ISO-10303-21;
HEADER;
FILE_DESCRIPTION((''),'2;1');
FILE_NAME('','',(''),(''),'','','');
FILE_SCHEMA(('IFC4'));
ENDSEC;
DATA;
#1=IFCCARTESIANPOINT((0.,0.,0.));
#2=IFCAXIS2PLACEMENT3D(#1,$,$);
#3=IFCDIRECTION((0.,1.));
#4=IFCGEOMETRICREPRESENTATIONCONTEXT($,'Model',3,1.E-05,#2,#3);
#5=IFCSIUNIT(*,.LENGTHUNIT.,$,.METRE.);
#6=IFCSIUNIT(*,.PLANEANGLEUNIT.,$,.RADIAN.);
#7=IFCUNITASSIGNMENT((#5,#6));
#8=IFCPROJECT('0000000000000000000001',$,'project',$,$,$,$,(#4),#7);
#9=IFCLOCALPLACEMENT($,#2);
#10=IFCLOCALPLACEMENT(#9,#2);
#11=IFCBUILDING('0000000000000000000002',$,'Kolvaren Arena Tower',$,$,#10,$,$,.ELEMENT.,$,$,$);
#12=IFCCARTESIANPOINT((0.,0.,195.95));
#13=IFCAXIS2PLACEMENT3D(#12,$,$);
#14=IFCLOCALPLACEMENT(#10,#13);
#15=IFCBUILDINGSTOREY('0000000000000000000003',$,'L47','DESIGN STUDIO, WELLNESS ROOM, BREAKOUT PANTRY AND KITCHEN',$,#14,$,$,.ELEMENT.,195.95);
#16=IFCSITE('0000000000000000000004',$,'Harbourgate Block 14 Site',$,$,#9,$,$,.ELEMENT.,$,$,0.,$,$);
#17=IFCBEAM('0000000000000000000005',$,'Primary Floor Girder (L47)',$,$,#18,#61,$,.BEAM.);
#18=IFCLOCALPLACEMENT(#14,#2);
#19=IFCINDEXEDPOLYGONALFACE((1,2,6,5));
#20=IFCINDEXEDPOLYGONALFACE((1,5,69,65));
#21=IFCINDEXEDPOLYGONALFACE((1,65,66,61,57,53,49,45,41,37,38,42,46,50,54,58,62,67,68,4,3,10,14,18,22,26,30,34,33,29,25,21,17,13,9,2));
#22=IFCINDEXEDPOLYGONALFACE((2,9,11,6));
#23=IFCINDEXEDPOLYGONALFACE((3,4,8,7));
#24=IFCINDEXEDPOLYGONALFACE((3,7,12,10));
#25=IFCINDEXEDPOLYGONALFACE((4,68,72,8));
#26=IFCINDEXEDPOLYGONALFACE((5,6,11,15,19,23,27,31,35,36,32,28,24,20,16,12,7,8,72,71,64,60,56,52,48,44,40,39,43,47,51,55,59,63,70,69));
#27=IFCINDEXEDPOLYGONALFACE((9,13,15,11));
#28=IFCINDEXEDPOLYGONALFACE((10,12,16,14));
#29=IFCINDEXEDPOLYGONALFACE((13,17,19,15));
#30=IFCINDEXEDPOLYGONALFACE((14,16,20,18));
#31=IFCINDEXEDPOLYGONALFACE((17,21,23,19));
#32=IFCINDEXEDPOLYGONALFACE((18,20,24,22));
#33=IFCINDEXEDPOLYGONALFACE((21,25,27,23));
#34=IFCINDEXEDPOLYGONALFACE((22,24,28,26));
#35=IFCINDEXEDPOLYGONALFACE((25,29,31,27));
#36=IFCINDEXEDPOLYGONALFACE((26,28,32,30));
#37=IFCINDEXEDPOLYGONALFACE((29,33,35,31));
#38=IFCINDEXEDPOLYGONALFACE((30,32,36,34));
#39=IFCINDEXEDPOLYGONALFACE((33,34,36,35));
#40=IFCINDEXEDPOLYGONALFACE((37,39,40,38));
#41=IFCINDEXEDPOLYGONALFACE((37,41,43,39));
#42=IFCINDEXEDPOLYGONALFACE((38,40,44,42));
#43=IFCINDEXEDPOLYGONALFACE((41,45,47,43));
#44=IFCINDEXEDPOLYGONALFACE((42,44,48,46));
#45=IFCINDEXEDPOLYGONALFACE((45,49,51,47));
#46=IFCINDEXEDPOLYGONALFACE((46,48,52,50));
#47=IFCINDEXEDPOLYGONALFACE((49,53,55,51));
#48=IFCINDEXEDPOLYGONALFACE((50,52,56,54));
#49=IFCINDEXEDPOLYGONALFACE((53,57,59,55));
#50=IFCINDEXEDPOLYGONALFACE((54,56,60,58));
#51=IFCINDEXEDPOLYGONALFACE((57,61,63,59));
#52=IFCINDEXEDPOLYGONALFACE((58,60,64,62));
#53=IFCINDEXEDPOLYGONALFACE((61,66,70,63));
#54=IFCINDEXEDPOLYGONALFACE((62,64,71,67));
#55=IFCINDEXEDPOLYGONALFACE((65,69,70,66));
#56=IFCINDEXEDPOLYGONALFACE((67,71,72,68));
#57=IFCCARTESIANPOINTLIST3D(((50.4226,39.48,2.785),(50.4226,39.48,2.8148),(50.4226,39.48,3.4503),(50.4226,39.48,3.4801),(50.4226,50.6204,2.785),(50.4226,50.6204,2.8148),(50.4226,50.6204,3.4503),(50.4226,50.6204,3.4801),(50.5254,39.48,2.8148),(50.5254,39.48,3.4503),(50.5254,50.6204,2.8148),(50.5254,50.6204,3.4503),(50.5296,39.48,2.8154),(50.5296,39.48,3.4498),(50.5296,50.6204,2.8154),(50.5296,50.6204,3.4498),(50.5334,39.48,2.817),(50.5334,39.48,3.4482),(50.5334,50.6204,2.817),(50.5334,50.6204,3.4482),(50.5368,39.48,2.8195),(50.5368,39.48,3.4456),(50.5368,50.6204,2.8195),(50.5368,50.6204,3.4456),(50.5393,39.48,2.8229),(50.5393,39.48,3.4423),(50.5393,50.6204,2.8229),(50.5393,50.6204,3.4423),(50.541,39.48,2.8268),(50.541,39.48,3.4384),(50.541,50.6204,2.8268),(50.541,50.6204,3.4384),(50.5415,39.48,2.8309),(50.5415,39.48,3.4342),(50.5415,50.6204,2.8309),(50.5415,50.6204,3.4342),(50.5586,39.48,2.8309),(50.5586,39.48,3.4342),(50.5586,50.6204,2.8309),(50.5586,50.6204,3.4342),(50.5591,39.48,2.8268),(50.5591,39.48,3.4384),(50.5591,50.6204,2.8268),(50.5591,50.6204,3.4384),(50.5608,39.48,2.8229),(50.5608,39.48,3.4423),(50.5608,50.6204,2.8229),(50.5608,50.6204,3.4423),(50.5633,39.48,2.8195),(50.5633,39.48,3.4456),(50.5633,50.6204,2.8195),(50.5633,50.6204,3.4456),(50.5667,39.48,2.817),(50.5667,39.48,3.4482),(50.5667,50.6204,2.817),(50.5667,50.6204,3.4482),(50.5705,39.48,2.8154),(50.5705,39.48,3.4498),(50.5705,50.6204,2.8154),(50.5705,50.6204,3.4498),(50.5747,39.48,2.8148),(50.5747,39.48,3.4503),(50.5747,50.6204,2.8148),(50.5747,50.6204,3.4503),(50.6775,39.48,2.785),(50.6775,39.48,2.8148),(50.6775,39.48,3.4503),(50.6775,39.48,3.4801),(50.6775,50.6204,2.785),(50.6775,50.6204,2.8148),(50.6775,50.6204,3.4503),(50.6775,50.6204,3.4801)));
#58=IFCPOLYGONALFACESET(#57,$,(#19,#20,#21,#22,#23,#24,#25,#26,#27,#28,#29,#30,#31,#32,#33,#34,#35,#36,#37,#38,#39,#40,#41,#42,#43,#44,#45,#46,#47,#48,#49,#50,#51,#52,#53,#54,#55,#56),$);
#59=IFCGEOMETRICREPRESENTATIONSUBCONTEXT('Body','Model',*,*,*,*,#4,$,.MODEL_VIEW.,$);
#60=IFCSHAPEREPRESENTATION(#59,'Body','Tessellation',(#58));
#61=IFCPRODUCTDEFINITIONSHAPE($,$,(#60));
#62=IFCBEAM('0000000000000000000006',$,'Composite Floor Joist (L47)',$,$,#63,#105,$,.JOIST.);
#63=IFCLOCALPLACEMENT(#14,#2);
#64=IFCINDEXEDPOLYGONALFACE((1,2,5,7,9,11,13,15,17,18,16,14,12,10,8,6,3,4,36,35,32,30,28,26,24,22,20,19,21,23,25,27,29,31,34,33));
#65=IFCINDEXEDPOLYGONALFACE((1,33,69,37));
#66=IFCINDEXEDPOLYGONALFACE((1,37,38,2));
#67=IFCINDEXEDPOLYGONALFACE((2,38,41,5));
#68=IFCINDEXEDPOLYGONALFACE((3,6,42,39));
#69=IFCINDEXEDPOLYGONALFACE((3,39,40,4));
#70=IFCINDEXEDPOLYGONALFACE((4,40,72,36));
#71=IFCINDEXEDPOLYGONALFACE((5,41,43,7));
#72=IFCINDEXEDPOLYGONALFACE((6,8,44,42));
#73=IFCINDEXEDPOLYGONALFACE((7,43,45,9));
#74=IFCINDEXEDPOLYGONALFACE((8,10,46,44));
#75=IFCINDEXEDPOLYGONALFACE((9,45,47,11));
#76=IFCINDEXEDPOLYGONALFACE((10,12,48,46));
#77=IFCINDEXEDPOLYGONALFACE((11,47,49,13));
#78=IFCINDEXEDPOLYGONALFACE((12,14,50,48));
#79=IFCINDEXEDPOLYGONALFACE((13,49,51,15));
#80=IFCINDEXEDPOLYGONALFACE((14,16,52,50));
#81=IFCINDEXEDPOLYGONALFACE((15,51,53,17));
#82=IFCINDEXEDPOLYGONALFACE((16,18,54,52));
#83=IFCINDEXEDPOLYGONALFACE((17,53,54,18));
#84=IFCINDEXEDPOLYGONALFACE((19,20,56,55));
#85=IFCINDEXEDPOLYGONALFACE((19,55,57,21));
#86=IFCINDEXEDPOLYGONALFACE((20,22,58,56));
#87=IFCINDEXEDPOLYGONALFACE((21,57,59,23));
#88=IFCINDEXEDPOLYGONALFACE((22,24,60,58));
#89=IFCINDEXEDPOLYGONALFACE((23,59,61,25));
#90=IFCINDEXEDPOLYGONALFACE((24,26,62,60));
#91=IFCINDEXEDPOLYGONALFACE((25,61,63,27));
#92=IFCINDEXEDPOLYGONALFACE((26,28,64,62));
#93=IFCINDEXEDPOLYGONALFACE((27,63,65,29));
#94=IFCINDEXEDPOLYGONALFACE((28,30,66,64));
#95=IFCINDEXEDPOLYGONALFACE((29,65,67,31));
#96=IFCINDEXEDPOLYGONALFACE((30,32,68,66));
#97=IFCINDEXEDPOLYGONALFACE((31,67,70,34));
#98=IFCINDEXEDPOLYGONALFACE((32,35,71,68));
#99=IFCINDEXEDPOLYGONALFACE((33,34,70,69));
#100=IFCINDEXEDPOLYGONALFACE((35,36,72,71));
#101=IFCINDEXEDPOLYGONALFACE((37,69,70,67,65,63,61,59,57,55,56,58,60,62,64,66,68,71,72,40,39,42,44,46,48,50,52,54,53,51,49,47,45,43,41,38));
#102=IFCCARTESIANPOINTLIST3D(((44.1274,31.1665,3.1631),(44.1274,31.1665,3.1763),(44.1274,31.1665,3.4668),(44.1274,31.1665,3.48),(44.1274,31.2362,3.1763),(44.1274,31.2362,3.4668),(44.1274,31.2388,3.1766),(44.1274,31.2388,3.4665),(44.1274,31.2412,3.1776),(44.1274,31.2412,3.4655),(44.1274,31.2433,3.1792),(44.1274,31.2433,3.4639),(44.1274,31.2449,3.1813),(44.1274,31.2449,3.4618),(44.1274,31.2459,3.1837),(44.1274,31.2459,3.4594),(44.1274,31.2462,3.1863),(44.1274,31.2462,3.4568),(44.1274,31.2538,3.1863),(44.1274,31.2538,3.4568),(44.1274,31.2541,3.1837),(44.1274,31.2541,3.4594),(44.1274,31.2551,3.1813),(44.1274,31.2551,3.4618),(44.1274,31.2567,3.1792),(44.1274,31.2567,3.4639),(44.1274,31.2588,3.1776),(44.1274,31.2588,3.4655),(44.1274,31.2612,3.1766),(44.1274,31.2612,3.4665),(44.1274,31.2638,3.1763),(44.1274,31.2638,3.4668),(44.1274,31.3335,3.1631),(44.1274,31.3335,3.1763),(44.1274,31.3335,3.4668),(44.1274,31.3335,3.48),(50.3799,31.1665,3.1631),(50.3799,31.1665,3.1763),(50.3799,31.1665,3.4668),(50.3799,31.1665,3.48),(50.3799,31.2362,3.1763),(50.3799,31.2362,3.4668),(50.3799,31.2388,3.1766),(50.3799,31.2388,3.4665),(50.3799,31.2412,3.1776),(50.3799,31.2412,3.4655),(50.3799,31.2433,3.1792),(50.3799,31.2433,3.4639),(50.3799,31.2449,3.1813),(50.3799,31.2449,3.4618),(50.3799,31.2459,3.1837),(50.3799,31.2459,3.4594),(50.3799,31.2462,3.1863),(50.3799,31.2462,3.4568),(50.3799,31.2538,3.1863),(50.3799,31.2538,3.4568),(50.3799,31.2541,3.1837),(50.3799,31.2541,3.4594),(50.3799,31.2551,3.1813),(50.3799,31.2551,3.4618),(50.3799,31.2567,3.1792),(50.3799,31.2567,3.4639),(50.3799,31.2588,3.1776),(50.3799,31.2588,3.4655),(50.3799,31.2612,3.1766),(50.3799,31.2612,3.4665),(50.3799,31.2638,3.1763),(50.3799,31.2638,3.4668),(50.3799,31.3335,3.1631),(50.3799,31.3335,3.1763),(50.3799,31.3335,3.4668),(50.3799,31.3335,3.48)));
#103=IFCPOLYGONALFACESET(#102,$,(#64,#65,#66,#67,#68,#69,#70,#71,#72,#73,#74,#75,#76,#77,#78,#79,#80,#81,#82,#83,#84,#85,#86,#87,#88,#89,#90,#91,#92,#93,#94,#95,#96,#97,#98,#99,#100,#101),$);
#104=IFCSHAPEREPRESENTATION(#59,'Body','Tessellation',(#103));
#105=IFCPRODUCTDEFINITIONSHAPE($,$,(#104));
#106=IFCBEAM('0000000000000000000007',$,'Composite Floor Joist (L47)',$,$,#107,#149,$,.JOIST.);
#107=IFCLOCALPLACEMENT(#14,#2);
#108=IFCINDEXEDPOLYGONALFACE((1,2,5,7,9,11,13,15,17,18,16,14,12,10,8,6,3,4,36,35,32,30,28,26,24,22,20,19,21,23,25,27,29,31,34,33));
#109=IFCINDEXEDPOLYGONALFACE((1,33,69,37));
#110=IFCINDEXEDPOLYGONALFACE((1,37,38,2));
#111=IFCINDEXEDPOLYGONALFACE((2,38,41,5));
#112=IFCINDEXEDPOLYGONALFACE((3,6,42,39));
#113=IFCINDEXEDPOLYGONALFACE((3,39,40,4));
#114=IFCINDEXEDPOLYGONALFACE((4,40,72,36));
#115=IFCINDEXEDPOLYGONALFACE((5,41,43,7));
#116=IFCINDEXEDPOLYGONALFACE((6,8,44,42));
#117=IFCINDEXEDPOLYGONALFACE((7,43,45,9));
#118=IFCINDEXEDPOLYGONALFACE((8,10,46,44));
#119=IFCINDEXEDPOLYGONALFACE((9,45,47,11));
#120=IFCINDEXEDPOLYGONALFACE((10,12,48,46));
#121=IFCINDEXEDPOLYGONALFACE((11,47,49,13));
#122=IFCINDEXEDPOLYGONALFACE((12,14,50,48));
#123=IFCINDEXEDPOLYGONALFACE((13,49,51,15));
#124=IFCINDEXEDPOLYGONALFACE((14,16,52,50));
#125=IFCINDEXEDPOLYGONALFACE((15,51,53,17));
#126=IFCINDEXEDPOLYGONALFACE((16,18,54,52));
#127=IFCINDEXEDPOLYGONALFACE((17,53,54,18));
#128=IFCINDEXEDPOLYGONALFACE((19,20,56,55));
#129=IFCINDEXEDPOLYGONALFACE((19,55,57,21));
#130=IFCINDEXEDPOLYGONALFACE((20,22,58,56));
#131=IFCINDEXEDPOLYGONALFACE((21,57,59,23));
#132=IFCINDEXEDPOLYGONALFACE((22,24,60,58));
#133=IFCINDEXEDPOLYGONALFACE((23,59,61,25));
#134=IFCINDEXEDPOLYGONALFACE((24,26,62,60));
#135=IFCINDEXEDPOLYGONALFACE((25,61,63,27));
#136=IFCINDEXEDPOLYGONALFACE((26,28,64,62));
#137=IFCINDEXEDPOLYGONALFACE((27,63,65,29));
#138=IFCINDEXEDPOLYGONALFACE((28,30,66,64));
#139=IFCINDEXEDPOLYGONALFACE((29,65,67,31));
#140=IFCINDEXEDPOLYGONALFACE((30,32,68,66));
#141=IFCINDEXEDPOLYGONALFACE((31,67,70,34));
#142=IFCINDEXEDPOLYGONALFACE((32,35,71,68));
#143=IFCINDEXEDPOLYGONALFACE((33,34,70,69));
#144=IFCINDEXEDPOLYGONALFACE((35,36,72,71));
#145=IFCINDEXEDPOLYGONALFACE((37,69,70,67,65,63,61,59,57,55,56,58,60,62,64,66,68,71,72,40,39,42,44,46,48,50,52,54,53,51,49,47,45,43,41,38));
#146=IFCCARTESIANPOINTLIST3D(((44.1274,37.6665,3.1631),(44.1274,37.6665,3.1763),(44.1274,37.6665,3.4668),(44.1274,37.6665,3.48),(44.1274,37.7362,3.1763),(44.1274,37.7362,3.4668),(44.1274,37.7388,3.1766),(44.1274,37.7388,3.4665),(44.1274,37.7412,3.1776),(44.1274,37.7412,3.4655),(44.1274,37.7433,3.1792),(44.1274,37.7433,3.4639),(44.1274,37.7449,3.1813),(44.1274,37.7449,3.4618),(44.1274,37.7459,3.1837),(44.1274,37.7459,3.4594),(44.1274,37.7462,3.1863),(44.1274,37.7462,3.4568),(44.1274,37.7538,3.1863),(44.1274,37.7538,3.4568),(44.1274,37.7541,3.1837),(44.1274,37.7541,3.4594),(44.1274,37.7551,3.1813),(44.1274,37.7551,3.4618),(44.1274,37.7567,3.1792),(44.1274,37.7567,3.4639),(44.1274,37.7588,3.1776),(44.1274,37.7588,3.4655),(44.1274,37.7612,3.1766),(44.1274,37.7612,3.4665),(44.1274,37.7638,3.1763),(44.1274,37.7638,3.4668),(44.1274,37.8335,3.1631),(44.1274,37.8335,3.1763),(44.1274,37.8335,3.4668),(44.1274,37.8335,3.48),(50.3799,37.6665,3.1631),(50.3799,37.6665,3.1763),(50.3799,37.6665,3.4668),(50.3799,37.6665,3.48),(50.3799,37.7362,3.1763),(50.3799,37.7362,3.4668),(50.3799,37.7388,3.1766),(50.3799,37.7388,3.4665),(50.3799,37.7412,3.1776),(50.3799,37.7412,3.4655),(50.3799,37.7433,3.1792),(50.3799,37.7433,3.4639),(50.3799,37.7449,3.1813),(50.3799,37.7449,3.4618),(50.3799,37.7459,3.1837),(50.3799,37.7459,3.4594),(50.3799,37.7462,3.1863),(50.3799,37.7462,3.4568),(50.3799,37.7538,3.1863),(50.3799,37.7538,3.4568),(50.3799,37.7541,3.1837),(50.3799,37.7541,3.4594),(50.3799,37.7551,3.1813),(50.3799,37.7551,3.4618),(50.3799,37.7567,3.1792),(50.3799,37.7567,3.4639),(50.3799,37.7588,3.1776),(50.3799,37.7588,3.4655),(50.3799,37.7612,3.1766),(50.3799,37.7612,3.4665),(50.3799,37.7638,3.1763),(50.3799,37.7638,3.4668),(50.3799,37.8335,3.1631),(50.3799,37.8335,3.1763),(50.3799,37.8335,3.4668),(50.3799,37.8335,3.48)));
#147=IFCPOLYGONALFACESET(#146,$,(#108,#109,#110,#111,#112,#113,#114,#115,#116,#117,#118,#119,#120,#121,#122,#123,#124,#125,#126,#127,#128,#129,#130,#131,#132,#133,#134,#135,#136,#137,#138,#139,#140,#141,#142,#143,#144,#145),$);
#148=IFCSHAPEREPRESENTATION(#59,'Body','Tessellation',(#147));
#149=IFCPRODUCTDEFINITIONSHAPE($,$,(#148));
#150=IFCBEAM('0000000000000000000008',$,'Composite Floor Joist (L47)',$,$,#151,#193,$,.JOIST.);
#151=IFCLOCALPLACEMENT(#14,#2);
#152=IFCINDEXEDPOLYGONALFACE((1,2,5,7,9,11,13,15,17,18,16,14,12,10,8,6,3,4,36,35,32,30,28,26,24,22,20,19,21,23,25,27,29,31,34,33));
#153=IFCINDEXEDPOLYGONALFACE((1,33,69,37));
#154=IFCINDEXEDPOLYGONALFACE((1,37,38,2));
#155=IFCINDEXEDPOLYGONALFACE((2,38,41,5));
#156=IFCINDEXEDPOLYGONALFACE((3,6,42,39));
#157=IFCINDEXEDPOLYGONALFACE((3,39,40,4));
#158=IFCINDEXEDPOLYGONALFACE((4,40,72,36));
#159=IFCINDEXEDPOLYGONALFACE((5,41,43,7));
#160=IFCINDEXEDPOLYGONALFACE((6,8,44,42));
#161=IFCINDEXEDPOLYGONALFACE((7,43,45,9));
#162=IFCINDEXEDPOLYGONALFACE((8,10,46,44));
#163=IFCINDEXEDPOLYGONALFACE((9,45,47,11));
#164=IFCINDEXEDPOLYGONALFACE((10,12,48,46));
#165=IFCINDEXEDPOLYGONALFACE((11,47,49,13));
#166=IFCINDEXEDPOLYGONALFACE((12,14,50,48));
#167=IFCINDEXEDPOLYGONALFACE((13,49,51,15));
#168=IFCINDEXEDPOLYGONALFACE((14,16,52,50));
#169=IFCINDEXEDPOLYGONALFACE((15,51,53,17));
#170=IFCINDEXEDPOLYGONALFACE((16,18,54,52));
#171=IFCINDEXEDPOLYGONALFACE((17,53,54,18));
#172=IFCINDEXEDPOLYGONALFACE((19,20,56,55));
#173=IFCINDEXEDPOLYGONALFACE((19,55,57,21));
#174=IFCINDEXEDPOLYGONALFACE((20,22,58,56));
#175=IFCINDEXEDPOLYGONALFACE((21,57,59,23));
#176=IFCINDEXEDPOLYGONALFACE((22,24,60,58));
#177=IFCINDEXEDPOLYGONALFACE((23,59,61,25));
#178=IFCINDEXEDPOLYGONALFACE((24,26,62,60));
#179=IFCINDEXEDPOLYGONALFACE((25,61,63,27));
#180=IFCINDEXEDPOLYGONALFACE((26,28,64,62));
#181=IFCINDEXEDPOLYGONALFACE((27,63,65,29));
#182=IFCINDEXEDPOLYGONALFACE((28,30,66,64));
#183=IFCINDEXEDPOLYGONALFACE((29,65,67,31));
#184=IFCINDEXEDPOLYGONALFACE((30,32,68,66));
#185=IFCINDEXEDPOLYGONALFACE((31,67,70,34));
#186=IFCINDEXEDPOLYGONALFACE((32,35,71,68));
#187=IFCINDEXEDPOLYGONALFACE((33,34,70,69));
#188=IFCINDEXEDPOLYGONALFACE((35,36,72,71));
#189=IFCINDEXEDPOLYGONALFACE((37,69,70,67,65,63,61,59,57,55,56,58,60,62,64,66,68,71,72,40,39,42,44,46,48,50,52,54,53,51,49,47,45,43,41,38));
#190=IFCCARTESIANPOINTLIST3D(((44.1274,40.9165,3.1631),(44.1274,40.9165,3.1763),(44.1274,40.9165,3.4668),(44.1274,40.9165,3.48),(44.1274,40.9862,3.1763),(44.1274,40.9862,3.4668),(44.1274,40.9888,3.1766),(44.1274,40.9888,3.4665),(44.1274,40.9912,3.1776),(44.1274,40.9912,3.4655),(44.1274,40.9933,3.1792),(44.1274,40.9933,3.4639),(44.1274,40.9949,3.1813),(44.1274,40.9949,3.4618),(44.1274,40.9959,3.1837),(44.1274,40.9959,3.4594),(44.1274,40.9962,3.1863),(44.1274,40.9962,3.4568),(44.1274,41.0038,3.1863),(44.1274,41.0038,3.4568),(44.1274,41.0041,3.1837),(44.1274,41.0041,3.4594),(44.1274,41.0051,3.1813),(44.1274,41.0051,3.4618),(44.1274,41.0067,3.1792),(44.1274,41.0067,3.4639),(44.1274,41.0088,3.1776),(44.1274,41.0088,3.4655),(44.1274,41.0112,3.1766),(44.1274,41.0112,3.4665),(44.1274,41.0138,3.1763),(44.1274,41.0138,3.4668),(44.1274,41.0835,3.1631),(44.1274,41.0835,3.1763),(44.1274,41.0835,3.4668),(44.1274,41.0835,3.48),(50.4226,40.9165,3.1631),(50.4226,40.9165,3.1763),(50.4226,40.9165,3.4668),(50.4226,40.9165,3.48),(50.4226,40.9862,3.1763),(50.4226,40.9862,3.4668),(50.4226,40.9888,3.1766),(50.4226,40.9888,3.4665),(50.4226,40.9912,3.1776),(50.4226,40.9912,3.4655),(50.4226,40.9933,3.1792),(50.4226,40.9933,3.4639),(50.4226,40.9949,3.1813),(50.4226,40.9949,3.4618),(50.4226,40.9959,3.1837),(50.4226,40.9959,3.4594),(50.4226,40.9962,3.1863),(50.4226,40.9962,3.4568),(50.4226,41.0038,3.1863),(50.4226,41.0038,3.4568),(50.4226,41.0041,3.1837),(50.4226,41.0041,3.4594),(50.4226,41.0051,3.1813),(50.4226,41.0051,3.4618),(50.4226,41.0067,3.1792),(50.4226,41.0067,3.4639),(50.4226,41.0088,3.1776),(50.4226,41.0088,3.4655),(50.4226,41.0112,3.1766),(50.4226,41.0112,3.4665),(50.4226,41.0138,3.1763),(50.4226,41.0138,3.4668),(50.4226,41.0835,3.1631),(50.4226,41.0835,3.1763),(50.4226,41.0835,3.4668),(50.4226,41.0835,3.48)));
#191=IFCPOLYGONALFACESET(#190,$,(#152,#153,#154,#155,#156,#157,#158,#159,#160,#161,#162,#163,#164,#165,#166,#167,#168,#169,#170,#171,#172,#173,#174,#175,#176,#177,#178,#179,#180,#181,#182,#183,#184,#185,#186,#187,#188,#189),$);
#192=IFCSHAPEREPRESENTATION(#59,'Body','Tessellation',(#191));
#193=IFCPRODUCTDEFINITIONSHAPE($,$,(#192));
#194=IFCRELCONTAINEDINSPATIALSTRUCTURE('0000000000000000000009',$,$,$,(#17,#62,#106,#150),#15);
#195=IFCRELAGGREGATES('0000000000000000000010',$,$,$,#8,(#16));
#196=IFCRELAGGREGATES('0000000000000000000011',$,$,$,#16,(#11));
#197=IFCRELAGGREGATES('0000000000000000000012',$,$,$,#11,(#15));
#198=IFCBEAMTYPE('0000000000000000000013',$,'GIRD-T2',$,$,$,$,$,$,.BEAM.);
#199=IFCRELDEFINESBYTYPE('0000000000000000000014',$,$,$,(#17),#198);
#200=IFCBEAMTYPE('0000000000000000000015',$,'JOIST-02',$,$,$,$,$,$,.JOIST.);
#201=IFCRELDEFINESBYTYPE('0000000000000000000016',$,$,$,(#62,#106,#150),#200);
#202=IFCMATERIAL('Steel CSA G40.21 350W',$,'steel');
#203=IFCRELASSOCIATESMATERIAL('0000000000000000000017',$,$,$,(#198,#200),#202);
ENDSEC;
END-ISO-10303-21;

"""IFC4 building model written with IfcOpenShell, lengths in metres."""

from ifc_helpers import new_model, si_unit, direction, frame, origin, origin_2d, place, context, subcontext, project, spatial, i_section, extrude, material, material_profile, profile_set, type_object, element, save


model = new_model("IFC4")

# Units and contexts
model_context = context("Model", 3, precision=1e-05, world=origin(), true_north=direction((0.0, 1.0)))
body_context = subcontext(model_context, "Body", "Model", "MODEL_VIEW")
ifc_project = project(units=[si_unit("LENGTHUNIT", "METRE"), si_unit("PLANEANGLEUNIT", "RADIAN")], contexts=[model_context])

# Site, building, storey
site_placement = place(None, origin())
site = spatial("IfcSite", under=ifc_project, at=site_placement, Name="Harbourgate Block 14 Site", CompositionType="ELEMENT", RefElevation=0.0)
building_placement = place(site_placement, origin())
building = spatial("IfcBuilding", under=site, at=building_placement, Name="Kolvaren Arena Tower", CompositionType="ELEMENT")
storey_placement = place(building_placement, frame((0.0, 0.0, 195.95)))
storey = spatial("IfcBuildingStorey", under=building, at=storey_placement, Name="L47", Description="DESIGN STUDIO, WELLNESS ROOM, BREAKOUT PANTRY AND KITCHEN", CompositionType="ELEMENT", Elevation=195.95)

# Beams
ifc_material_1 = material(Name="Steel CSA G40.21 350W", Category="steel")
ifc_material_profile_1 = material_profile(ifc_material_1, i_section(OverallWidth=0.2549, OverallDepth=0.6951, WebThickness=0.0171, FlangeThickness=0.0298, FilletRadius=0.0161, at=origin_2d()), Name="W690x217")
ifc_profile_set_1 = profile_set([ifc_material_profile_1], Name="Steel CSA G40.21 350W")
beam_type_1 = type_object("IfcBeamType", Name="GIRD-T2", PredefinedType="BEAM", material=ifc_profile_set_1)
beam_1_placement = place(storey_placement, frame((50.55, 39.48, 3.1326), z_axis=(0.0, 1.0, 0.0), x_axis=(-1.0, 0.0, 0.0)))
element("IfcBeam", 1, at=beam_1_placement, inside=storey, type_object=beam_type_1, Name="Primary Floor Girder (L47)", PredefinedType="BEAM", context=body_context, shape_type="SweptSolid", body=[
    extrude(i_section(OverallWidth=0.2549, OverallDepth=0.6951, WebThickness=0.0171, FlangeThickness=0.0298, FilletRadius=0.0161, at=origin_2d()), origin(), (0.0, 0.0, 1.0), 11.1404),
])
ifc_material_profile_2 = material_profile(ifc_material_1, i_section(OverallWidth=0.167, OverallDepth=0.3169, WebThickness=0.0076, FlangeThickness=0.0132, FilletRadius=0.01, at=origin_2d()), Name="W310x52")
ifc_profile_set_2 = profile_set([ifc_material_profile_2], Name="Steel CSA G40.21 350W")
beam_type_2 = type_object("IfcBeamType", Name="JOIST-02", PredefinedType="JOIST", material=ifc_profile_set_2)
for number, where, z_axis, x_axis, name in (
    (2, (44.1274, 31.25, 3.3215), (1.0, 0.0, 0.0), (0.0, 1.0, 0.0), "Composite Floor Joist (L47)"),
    (3, (44.1274, 37.75, 3.3215), (1.0, 0.0, 0.0), (0.0, 1.0, 0.0), "Composite Floor Joist (L47)"),
):
    element("IfcBeam", number, at=place(storey_placement, frame(where, z_axis=z_axis, x_axis=x_axis)), inside=storey, type_object=beam_type_2, Name=name, PredefinedType="JOIST", context=body_context, shape_type="SweptSolid", body=[
        extrude(i_section(OverallWidth=0.167, OverallDepth=0.3169, WebThickness=0.0076, FlangeThickness=0.0132, FilletRadius=0.01, at=origin_2d()), origin(), (0.0, 0.0, 1.0), 6.2524),
    ])
beam_2_placement = place(storey_placement, frame((44.1274, 41.0, 3.3215), z_axis=(1.0, 0.0, 0.0), x_axis=(0.0, 1.0, 0.0)))
element("IfcBeam", 4, at=beam_2_placement, inside=storey, type_object=beam_type_2, Name="Composite Floor Joist (L47)", PredefinedType="JOIST", context=body_context, shape_type="SweptSolid", body=[
    extrude(i_section(OverallWidth=0.167, OverallDepth=0.3169, WebThickness=0.0076, FlangeThickness=0.0132, FilletRadius=0.01, at=origin_2d()), origin(), (0.0, 0.0, 1.0), 6.2952),
])

save(model, "model.ifc")
